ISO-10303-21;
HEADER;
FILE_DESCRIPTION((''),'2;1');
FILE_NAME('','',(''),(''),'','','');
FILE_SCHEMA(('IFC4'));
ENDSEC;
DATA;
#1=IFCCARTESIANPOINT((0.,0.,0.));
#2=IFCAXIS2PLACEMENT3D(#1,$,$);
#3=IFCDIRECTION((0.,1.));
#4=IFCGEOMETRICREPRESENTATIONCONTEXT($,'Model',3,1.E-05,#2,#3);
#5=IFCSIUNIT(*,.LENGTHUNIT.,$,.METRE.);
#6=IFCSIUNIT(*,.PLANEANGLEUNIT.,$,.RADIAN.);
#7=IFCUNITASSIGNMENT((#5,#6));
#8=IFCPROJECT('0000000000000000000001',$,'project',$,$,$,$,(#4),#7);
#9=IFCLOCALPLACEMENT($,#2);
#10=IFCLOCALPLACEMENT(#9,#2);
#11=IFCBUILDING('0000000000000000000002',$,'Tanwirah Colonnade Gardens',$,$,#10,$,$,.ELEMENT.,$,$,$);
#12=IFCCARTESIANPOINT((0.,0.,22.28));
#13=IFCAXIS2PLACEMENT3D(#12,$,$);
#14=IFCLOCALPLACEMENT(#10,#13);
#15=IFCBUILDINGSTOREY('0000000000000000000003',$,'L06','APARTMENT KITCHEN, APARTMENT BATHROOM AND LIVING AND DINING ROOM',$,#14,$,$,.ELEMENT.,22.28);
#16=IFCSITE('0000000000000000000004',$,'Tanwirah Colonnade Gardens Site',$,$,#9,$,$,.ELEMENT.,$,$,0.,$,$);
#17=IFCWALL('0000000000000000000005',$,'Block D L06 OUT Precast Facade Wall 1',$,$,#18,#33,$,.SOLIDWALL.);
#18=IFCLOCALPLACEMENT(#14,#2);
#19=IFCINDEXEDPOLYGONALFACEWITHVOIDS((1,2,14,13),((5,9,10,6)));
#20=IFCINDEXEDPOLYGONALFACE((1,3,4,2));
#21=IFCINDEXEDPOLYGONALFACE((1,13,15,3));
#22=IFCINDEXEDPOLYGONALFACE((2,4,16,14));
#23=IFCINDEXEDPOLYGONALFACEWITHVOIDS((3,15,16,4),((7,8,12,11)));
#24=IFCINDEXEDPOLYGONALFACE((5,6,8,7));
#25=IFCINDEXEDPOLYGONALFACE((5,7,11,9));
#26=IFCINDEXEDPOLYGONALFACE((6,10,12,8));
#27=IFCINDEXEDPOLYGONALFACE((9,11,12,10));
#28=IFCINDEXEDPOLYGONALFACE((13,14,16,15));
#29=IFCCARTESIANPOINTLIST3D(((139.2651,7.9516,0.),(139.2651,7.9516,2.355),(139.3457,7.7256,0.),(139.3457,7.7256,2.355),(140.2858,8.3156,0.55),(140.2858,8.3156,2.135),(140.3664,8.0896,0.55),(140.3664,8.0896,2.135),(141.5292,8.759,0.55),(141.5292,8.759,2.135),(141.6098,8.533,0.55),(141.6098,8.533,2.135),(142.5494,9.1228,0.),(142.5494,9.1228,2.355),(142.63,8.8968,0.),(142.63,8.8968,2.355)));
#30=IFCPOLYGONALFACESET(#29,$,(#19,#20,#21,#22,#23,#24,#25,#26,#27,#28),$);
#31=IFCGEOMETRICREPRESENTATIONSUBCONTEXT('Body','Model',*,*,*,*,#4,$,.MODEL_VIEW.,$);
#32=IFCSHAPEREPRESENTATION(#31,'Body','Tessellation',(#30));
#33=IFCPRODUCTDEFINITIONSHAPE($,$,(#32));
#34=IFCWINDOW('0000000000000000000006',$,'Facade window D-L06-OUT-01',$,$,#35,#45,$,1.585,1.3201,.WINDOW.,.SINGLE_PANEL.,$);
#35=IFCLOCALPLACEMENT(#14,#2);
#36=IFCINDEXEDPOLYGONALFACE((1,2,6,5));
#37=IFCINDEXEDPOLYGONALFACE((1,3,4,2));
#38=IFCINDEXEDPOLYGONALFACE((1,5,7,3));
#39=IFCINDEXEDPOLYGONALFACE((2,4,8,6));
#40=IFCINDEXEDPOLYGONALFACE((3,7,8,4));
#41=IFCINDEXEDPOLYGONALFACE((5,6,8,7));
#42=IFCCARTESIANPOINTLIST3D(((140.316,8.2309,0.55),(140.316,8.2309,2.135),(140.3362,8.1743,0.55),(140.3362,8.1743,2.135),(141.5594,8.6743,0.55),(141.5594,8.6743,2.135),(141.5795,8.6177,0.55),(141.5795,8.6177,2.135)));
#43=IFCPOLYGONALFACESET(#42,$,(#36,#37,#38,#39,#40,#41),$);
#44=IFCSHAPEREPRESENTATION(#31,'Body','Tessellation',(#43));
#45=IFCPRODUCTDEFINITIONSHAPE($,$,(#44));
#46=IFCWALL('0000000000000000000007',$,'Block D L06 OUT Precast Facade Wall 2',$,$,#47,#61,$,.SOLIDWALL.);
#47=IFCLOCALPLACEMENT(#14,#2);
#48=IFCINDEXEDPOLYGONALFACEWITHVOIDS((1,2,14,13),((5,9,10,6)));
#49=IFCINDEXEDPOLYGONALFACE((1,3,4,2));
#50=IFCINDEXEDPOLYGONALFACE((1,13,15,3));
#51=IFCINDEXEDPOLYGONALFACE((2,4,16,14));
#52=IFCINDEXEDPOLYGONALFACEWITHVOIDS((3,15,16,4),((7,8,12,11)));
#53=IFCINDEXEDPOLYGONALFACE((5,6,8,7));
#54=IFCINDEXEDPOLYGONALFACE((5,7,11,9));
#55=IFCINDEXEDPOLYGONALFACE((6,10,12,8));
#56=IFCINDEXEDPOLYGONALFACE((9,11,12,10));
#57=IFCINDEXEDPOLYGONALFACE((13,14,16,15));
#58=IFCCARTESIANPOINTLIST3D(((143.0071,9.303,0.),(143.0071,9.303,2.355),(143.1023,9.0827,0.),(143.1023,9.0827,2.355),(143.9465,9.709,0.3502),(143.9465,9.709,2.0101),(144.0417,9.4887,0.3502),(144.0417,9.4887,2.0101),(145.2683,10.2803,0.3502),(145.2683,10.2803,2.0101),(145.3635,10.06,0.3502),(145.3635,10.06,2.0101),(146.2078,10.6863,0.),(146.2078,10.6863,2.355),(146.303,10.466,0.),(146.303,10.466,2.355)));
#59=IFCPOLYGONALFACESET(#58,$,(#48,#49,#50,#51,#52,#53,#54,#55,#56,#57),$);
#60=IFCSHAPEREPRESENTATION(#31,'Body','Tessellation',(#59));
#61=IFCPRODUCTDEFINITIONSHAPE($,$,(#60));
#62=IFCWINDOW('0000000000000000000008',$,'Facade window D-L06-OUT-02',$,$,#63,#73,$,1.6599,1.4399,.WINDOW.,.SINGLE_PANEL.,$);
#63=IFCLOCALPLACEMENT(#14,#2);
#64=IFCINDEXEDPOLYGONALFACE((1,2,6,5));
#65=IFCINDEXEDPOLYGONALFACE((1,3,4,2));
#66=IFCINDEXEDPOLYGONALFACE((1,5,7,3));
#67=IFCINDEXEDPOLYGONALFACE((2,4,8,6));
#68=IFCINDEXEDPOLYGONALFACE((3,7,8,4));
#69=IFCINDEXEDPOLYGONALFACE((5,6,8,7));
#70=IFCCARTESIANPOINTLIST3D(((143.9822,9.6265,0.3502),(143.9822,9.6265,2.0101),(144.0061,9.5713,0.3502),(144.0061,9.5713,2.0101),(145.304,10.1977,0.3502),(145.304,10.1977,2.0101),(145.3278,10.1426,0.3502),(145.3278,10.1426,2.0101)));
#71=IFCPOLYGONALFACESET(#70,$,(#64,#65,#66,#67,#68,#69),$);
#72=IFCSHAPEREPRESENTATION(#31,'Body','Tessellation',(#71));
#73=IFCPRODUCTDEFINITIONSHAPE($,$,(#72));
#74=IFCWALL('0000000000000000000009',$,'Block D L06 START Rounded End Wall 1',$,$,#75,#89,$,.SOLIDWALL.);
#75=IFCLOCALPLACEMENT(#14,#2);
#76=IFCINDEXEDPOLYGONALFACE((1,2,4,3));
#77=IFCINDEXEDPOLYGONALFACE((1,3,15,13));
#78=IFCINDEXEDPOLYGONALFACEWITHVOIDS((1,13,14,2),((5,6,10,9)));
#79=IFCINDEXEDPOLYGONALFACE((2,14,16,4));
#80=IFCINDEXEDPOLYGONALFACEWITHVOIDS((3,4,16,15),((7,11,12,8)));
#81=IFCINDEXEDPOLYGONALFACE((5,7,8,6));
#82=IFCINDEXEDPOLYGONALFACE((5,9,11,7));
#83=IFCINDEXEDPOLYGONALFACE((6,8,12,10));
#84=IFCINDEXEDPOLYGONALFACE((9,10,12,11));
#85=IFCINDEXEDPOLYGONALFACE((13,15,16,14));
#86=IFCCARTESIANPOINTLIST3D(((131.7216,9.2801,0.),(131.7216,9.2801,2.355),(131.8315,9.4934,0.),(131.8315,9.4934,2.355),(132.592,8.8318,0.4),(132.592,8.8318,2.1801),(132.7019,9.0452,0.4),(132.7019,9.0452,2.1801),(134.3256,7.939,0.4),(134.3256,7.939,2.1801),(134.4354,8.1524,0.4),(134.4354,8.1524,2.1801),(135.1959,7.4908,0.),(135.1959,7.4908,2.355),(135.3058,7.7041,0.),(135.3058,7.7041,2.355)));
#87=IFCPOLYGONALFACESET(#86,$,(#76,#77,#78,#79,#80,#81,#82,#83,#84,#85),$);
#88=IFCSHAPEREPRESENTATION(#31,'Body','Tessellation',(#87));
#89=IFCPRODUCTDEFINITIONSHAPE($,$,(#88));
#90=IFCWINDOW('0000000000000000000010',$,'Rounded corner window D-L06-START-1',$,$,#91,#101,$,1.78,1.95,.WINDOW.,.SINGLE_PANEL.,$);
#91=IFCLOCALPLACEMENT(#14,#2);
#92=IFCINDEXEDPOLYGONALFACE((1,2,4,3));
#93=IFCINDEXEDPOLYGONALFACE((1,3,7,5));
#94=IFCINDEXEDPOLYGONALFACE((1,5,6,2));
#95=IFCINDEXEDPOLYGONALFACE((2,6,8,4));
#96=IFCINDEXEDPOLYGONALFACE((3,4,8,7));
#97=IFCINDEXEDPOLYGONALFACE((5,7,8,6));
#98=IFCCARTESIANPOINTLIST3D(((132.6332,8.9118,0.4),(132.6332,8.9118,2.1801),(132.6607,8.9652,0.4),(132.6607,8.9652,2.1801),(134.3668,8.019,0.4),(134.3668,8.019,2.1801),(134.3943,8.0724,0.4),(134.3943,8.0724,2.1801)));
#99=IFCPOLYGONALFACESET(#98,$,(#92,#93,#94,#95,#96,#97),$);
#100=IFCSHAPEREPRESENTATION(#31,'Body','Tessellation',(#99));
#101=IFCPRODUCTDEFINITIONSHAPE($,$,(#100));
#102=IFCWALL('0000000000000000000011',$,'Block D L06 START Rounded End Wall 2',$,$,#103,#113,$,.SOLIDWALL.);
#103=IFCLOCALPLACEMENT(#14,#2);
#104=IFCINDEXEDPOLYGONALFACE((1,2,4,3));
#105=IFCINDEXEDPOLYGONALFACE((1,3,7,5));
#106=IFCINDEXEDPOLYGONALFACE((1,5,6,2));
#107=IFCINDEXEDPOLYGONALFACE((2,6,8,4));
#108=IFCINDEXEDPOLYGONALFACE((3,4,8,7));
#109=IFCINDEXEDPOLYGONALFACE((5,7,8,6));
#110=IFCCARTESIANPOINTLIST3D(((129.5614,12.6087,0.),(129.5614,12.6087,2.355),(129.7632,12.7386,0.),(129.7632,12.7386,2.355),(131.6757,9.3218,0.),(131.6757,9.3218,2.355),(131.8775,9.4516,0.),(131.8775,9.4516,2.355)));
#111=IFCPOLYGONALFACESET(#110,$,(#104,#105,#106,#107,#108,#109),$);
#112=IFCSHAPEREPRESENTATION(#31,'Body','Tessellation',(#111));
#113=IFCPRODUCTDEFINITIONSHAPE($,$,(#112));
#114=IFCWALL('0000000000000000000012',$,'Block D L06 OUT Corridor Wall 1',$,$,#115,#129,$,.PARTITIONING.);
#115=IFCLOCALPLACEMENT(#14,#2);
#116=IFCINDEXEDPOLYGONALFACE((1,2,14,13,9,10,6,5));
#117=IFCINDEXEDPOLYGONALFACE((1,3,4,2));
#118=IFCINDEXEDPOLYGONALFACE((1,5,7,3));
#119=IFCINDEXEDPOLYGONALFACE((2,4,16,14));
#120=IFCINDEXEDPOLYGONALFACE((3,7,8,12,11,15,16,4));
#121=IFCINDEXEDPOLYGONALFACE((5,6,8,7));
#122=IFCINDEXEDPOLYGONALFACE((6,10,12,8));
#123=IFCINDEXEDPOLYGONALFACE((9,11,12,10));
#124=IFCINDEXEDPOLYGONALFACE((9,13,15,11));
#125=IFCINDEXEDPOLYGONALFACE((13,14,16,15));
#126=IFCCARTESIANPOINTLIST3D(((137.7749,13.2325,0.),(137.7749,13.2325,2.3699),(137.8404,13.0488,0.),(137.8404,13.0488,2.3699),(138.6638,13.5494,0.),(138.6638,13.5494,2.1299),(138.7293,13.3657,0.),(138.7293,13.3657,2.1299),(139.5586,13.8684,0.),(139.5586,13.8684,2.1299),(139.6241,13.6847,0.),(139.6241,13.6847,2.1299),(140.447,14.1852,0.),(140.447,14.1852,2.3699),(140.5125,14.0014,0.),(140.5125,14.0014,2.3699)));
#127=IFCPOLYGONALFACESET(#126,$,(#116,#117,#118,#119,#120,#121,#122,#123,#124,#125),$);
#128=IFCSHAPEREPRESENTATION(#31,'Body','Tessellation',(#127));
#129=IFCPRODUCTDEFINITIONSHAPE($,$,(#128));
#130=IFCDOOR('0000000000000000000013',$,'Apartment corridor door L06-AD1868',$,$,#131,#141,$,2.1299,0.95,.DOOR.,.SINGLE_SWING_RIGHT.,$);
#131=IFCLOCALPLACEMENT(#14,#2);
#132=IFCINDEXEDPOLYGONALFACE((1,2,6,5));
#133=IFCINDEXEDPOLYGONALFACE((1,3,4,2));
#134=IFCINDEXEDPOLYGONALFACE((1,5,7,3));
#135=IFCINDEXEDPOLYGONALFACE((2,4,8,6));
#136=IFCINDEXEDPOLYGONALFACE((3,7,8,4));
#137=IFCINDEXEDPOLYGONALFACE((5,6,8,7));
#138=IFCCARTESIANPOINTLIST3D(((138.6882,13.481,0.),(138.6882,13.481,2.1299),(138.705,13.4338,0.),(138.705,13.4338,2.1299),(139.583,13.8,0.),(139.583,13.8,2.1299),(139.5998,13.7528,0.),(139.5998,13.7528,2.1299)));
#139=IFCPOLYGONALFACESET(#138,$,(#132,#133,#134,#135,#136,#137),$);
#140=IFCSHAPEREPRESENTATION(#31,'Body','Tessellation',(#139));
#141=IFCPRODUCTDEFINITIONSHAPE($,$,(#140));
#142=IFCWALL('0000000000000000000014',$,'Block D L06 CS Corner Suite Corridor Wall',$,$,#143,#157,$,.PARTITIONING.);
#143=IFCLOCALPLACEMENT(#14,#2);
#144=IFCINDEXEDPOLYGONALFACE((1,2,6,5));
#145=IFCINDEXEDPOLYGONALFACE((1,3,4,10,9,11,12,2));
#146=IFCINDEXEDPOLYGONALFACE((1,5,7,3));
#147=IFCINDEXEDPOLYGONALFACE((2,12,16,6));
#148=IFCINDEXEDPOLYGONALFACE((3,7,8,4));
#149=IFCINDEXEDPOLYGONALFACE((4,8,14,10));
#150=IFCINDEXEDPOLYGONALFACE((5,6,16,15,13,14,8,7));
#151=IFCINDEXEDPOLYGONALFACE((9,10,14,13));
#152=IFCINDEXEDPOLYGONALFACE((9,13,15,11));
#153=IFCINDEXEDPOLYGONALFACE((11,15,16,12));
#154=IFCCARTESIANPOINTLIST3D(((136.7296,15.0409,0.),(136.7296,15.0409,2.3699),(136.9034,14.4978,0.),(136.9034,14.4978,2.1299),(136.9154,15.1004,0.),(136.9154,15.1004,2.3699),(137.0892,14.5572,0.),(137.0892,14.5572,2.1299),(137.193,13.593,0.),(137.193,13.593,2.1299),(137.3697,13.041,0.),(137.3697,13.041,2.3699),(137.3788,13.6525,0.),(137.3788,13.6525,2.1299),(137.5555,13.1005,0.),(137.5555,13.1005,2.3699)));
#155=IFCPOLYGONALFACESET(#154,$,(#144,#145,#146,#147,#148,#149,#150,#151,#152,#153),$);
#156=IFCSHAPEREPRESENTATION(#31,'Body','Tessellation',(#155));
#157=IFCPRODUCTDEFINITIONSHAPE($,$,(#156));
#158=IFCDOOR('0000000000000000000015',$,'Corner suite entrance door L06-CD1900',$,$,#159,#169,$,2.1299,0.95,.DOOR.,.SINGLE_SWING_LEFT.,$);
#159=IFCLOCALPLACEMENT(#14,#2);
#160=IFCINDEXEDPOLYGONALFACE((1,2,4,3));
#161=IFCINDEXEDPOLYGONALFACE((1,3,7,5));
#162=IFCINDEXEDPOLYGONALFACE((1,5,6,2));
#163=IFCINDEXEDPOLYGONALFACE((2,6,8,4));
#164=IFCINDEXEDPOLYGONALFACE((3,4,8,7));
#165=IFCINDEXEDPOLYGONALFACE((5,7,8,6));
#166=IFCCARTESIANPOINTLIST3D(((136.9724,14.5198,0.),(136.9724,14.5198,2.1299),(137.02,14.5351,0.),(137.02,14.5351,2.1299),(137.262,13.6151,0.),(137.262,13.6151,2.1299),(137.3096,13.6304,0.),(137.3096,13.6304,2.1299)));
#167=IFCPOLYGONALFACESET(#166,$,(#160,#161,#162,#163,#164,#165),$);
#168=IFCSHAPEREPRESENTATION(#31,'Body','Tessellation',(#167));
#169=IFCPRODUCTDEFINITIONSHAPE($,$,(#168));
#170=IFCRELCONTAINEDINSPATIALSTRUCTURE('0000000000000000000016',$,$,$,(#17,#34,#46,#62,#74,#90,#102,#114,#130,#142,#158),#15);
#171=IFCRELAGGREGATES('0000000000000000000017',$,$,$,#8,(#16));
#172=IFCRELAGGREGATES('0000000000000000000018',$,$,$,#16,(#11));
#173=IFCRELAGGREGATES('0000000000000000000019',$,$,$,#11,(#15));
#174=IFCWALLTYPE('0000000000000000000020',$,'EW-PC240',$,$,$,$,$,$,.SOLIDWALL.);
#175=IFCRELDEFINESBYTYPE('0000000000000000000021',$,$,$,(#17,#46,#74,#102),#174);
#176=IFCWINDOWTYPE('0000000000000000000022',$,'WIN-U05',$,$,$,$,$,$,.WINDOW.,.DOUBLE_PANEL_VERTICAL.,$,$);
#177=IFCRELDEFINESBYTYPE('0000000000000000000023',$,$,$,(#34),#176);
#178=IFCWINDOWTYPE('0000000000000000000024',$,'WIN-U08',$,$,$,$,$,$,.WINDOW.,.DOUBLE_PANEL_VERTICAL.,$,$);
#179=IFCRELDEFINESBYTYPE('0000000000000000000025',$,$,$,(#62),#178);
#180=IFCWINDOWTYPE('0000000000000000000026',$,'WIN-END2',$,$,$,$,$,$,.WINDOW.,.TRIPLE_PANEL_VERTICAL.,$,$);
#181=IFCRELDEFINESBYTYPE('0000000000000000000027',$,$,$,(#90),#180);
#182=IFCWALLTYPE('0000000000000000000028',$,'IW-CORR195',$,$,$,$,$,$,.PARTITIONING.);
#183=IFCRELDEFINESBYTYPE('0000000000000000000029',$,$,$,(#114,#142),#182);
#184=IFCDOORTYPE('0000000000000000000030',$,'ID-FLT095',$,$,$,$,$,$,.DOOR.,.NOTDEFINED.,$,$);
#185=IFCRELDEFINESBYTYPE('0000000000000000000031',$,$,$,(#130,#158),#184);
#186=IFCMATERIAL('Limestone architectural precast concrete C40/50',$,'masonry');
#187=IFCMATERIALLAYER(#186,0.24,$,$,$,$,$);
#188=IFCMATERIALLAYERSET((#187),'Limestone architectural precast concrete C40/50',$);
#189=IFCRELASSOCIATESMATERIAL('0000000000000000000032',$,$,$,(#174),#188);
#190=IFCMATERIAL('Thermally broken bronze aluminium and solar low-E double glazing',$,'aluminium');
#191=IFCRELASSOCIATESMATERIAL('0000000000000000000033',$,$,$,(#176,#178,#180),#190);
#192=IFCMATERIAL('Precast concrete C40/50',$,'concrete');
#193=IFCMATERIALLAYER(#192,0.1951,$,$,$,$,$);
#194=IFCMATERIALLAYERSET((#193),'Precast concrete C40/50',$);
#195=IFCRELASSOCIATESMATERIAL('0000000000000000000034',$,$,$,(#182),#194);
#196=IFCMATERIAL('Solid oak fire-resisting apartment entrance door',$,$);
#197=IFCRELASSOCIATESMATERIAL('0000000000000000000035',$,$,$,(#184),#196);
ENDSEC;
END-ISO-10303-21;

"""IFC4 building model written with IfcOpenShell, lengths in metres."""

from ifc_helpers import new_model, si_unit, direction, frame, frame_2d, origin, place, context, subcontext, project, spatial, rectangle, extrude, material, layer, layer_set, type_object, element, fill, save


model = new_model("IFC4")

# Units and contexts
model_context = context("Model", 3, precision=1e-05, world=origin(), true_north=direction((0.0, 1.0)))
body_context = subcontext(model_context, "Body", "Model", "MODEL_VIEW")
ifc_project = project(units=[si_unit("LENGTHUNIT", "METRE"), si_unit("PLANEANGLEUNIT", "RADIAN")], contexts=[model_context])

# Site, building, storey
site_placement = place(None, origin())
site = spatial("IfcSite", under=ifc_project, at=site_placement, Name="Tanwirah Colonnade Gardens Site", CompositionType="ELEMENT", RefElevation=0.0)
building_placement = place(site_placement, origin())
building = spatial("IfcBuilding", under=site, at=building_placement, Name="Tanwirah Colonnade Gardens", CompositionType="ELEMENT")
storey_placement = place(building_placement, frame((0.0, 0.0, 22.28)))
storey = spatial("IfcBuildingStorey", under=building, at=storey_placement, Name="L06", Description="APARTMENT KITCHEN, APARTMENT BATHROOM AND LIVING AND DINING ROOM", CompositionType="ELEMENT", Elevation=22.28)

# Shared definitions
ifc_material_1 = material(Name="Precast concrete C40/50", Category="concrete")

# Walls, openings, windows
ifc_material_2 = material(Name="Limestone architectural precast concrete C40/50", Category="masonry")
ifc_layer_1 = layer(ifc_material_2, 0.24)
ifc_layer_set_1 = layer_set([ifc_layer_1], Name="Limestone architectural precast concrete C40/50")
wall_type_1 = type_object("IfcWallType", Name="EW-PC240", PredefinedType="SOLIDWALL", material=ifc_layer_set_1)
wall_1_placement = place(storey_placement, frame((139.3054, 7.8386, 0.0), z_axis=(0.0, 0.0, 1.0), x_axis=(0.941903, 0.335884, 0.0)))
wall_1 = element("IfcWall", 1, at=wall_1_placement, inside=storey, type_object=wall_type_1, Name="Block D L06 OUT Precast Facade Wall 1", PredefinedType="SOLIDWALL", context=body_context, shape_type="SweptSolid", body=[
    extrude(rectangle(XDim=3.4868, YDim=0.24, at=frame_2d((1.7434, 0.0))), origin(), (0.0, 0.0, 1.0), 2.355),
])
opening_1_placement = place(wall_1_placement, frame((1.0835, 0.0, 0.55)))
opening_1 = element("IfcOpeningElement", 2, at=opening_1_placement, cuts=wall_1, PredefinedType="OPENING", context=body_context, shape_type="SweptSolid", body=[
    extrude(rectangle(XDim=1.3201, YDim=1.585, at=frame_2d((0.6602, 0.7925))), frame((0.0, 0.1299, 0.0), z_axis=(0.0, -1.0, 0.0), x_axis=(1.0, 0.0, 0.0)), (0.0, 0.0, 1.0), 0.26),
])
ifc_material_3 = material(Name="Thermally broken bronze aluminium and solar low-E double glazing", Category="aluminium")
window_type_1 = type_object("IfcWindowType", Name="WIN-U05", PartitioningType="DOUBLE_PANEL_VERTICAL", PredefinedType="WINDOW", material=ifc_material_3)
window_1_placement = place(opening_1_placement, origin())
window_1 = element("IfcWindow", 3, at=window_1_placement, inside=storey, type_object=window_type_1, Name="Facade window D-L06-OUT-01", OverallHeight=1.585, OverallWidth=1.3201, PartitioningType="SINGLE_PANEL", PredefinedType="WINDOW", context=body_context, shape_type="SweptSolid", body=[
    extrude(rectangle(XDim=1.3201, YDim=1.585, at=frame_2d((0.6602, 0.7925))), frame((0.0, 0.03, 0.0), z_axis=(0.0, -1.0, 0.0), x_axis=(1.0, 0.0, 0.0)), (0.0, 0.0, 1.0), 0.0601),
])
fill(opening_1, window_1)
wall_2_placement = place(storey_placement, frame((143.0547, 9.1929, 0.0), z_axis=(0.0, 0.0, 1.0), x_axis=(0.917938, 0.396723, 0.0)))
wall_2 = element("IfcWall", 4, at=wall_2_placement, inside=storey, type_object=wall_type_1, Name="Block D L06 OUT Precast Facade Wall 2", PredefinedType="SOLIDWALL", context=body_context, shape_type="SweptSolid", body=[
    extrude(rectangle(XDim=3.4868, YDim=0.24, at=frame_2d((1.7434, 0.0))), origin(), (0.0, 0.0, 1.0), 2.355),
])
opening_2_placement = place(wall_2_placement, frame((1.0234, 0.0, 0.3501)))
opening_2 = element("IfcOpeningElement", 5, at=opening_2_placement, cuts=wall_2, PredefinedType="OPENING", context=body_context, shape_type="SweptSolid", body=[
    extrude(rectangle(XDim=1.4399, YDim=1.6599, at=frame_2d((0.72, 0.8301))), frame((0.0, 0.1299, 0.0), z_axis=(0.0, -1.0, 0.0), x_axis=(1.0, 0.0, 0.0)), (0.0, 0.0, 1.0), 0.26),
])
window_type_2 = type_object("IfcWindowType", Name="WIN-U08", PartitioningType="DOUBLE_PANEL_VERTICAL", PredefinedType="WINDOW", material=ifc_material_3)
window_2_placement = place(opening_2_placement, origin())
window_2 = element("IfcWindow", 6, at=window_2_placement, inside=storey, type_object=window_type_2, Name="Facade window D-L06-OUT-02", OverallHeight=1.6599, OverallWidth=1.4399, PartitioningType="SINGLE_PANEL", PredefinedType="WINDOW", context=body_context, shape_type="SweptSolid", body=[
    extrude(rectangle(XDim=1.4399, YDim=1.6599, at=frame_2d((0.72, 0.8301))), frame((0.0, 0.03, 0.0), z_axis=(0.0, -1.0, 0.0), x_axis=(1.0, 0.0, 0.0)), (0.0, 0.0, 1.0), 0.0601),
])
fill(opening_2, window_2)
wall_3_placement = place(storey_placement, frame((135.251, 7.5974, 0.0), z_axis=(0.0, 0.0, 1.0), x_axis=(-0.889028, 0.457852, 0.0)))
wall_3 = element("IfcWall", 7, at=wall_3_placement, inside=storey, type_object=wall_type_1, Name="Block D L06 START Rounded End Wall 1", PredefinedType="SOLIDWALL", context=body_context, shape_type="SweptSolid", body=[
    extrude(rectangle(XDim=3.908, YDim=0.24, at=frame_2d((1.9541, 0.0))), origin(), (0.0, 0.0, 1.0), 2.355),
])
opening_3_placement = place(wall_3_placement, frame((0.979, 0.0, 0.3999)))
opening_3 = element("IfcOpeningElement", 8, at=opening_3_placement, cuts=wall_3, PredefinedType="OPENING", context=body_context, shape_type="SweptSolid", body=[
    extrude(rectangle(XDim=1.95, YDim=1.78, at=frame_2d((0.9751, 0.8901))), frame((0.0, 0.1299, 0.0), z_axis=(0.0, -1.0, 0.0), x_axis=(1.0, 0.0, 0.0)), (0.0, 0.0, 1.0), 0.26),
])
window_type_3 = type_object("IfcWindowType", Name="WIN-END2", PartitioningType="TRIPLE_PANEL_VERTICAL", PredefinedType="WINDOW", material=ifc_material_3)
window_3_placement = place(opening_3_placement, origin())
window_3 = element("IfcWindow", 9, at=window_3_placement, inside=storey, type_object=window_type_3, Name="Rounded corner window D-L06-START-1", OverallHeight=1.78, OverallWidth=1.95, PartitioningType="SINGLE_PANEL", PredefinedType="WINDOW", context=body_context, shape_type="SweptSolid", body=[
    extrude(rectangle(XDim=1.95, YDim=1.78, at=frame_2d((0.9751, 0.8901))), frame((0.0, 0.03, 0.0), z_axis=(0.0, -1.0, 0.0), x_axis=(1.0, 0.0, 0.0)), (0.0, 0.0, 1.0), 0.0601),
])
fill(opening_3, window_3)

# Wall
wall_4_placement = place(storey_placement, frame((131.7766, 9.3867, 0.0), z_axis=(0.0, 0.0, 1.0), x_axis=(-0.540988, 0.84103, 0.0)))
element("IfcWall", 10, at=wall_4_placement, inside=storey, type_object=wall_type_1, Name="Block D L06 START Rounded End Wall 2", PredefinedType="SOLIDWALL", context=body_context, shape_type="SweptSolid", body=[
    extrude(rectangle(XDim=3.9082, YDim=0.24, at=frame_2d((1.9541, 0.0))), origin(), (0.0, 0.0, 1.0), 2.355),
])

# Walls, openings, doors
ifc_layer_2 = layer(ifc_material_1, 0.1951)
ifc_layer_set_2 = layer_set([ifc_layer_2], Name="Precast concrete C40/50")
wall_type_2 = type_object("IfcWallType", Name="IW-CORR195", PredefinedType="PARTITIONING", material=ifc_layer_set_2)
wall_5_placement = place(storey_placement, frame((137.8076, 13.1406, 0.0), z_axis=(0.0, 0.0, 1.0), x_axis=(0.941931, 0.335808, 0.0)))
wall_5 = element("IfcWall", 11, at=wall_5_placement, inside=storey, type_object=wall_type_2, Name="Block D L06 OUT Corridor Wall 1", PredefinedType="PARTITIONING", context=body_context, shape_type="SweptSolid", body=[
    extrude(rectangle(XDim=2.8369, YDim=0.1951, at=frame_2d((1.4185, 0.0))), origin(), (0.0, 0.0, 1.0), 2.3699),
])
opening_4_placement = place(wall_5_placement, frame((0.9436, 0.0, 0.0)))
opening_4 = element("IfcOpeningElement", 12, at=opening_4_placement, cuts=wall_5, PredefinedType="OPENING", context=body_context, shape_type="SweptSolid", body=[
    extrude(rectangle(XDim=0.95, YDim=2.1299, at=frame_2d((0.4751, 1.0649))), frame((0.0, 0.1074, 0.0), z_axis=(0.0, -1.0, 0.0), x_axis=(1.0, 0.0, 0.0)), (0.0, 0.0, 1.0), 0.2151),
])
ifc_material_4 = material(Name="Solid oak fire-resisting apartment entrance door")
door_type_1 = type_object("IfcDoorType", Name="ID-FLT095", OperationType="NOTDEFINED", PredefinedType="DOOR", material=ifc_material_4)
door_1_placement = place(opening_4_placement, origin())
door_1 = element("IfcDoor", 13, at=door_1_placement, inside=storey, type_object=door_type_1, Name="Apartment corridor door L06-AD1868", OperationType="SINGLE_SWING_RIGHT", OverallHeight=2.1299, OverallWidth=0.95, PredefinedType="DOOR", context=body_context, shape_type="SweptSolid", body=[
    extrude(rectangle(XDim=0.95, YDim=2.1299, at=frame_2d((0.4751, 1.0649))), frame((0.0, 0.0249, 0.0), z_axis=(0.0, -1.0, 0.0), x_axis=(1.0, 0.0, 0.0)), (0.0, 0.0, 1.0), 0.05),
])
fill(opening_4, door_1)
wall_6_placement = place(storey_placement, frame((136.8225, 15.0706, 0.0), z_axis=(0.0, 0.0, 1.0), x_axis=(0.304835, -0.952405, 0.0)))
wall_6 = element("IfcWall", 14, at=wall_6_placement, inside=storey, type_object=wall_type_2, Name="Block D L06 CS Corner Suite Corridor Wall", PredefinedType="PARTITIONING", context=body_context, shape_type="SweptSolid", body=[
    extrude(rectangle(XDim=2.0999, YDim=0.1951, at=frame_2d((1.0498, 0.0))), origin(), (0.0, 0.0, 1.0), 2.3699),
])
opening_5_placement = place(wall_6_placement, frame((0.5701, 0.0, 0.0)))
opening_5 = element("IfcOpeningElement", 15, at=opening_5_placement, cuts=wall_6, PredefinedType="OPENING", context=body_context, shape_type="SweptSolid", body=[
    extrude(rectangle(XDim=0.95, YDim=2.1299, at=frame_2d((0.4751, 1.0649))), frame((0.0, 0.1074, 0.0), z_axis=(0.0, -1.0, 0.0), x_axis=(1.0, 0.0, 0.0)), (0.0, 0.0, 1.0), 0.2151),
])
door_2_placement = place(opening_5_placement, origin())
door_2 = element("IfcDoor", 16, at=door_2_placement, inside=storey, type_object=door_type_1, Name="Corner suite entrance door L06-CD1900", OperationType="SINGLE_SWING_LEFT", OverallHeight=2.1299, OverallWidth=0.95, PredefinedType="DOOR", context=body_context, shape_type="SweptSolid", body=[
    extrude(rectangle(XDim=0.95, YDim=2.1299, at=frame_2d((0.4751, 1.0649))), frame((0.0, 0.0249, 0.0), z_axis=(0.0, -1.0, 0.0), x_axis=(1.0, 0.0, 0.0)), (0.0, 0.0, 1.0), 0.05),
])
fill(opening_5, door_2)

save(model, "model.ifc")
